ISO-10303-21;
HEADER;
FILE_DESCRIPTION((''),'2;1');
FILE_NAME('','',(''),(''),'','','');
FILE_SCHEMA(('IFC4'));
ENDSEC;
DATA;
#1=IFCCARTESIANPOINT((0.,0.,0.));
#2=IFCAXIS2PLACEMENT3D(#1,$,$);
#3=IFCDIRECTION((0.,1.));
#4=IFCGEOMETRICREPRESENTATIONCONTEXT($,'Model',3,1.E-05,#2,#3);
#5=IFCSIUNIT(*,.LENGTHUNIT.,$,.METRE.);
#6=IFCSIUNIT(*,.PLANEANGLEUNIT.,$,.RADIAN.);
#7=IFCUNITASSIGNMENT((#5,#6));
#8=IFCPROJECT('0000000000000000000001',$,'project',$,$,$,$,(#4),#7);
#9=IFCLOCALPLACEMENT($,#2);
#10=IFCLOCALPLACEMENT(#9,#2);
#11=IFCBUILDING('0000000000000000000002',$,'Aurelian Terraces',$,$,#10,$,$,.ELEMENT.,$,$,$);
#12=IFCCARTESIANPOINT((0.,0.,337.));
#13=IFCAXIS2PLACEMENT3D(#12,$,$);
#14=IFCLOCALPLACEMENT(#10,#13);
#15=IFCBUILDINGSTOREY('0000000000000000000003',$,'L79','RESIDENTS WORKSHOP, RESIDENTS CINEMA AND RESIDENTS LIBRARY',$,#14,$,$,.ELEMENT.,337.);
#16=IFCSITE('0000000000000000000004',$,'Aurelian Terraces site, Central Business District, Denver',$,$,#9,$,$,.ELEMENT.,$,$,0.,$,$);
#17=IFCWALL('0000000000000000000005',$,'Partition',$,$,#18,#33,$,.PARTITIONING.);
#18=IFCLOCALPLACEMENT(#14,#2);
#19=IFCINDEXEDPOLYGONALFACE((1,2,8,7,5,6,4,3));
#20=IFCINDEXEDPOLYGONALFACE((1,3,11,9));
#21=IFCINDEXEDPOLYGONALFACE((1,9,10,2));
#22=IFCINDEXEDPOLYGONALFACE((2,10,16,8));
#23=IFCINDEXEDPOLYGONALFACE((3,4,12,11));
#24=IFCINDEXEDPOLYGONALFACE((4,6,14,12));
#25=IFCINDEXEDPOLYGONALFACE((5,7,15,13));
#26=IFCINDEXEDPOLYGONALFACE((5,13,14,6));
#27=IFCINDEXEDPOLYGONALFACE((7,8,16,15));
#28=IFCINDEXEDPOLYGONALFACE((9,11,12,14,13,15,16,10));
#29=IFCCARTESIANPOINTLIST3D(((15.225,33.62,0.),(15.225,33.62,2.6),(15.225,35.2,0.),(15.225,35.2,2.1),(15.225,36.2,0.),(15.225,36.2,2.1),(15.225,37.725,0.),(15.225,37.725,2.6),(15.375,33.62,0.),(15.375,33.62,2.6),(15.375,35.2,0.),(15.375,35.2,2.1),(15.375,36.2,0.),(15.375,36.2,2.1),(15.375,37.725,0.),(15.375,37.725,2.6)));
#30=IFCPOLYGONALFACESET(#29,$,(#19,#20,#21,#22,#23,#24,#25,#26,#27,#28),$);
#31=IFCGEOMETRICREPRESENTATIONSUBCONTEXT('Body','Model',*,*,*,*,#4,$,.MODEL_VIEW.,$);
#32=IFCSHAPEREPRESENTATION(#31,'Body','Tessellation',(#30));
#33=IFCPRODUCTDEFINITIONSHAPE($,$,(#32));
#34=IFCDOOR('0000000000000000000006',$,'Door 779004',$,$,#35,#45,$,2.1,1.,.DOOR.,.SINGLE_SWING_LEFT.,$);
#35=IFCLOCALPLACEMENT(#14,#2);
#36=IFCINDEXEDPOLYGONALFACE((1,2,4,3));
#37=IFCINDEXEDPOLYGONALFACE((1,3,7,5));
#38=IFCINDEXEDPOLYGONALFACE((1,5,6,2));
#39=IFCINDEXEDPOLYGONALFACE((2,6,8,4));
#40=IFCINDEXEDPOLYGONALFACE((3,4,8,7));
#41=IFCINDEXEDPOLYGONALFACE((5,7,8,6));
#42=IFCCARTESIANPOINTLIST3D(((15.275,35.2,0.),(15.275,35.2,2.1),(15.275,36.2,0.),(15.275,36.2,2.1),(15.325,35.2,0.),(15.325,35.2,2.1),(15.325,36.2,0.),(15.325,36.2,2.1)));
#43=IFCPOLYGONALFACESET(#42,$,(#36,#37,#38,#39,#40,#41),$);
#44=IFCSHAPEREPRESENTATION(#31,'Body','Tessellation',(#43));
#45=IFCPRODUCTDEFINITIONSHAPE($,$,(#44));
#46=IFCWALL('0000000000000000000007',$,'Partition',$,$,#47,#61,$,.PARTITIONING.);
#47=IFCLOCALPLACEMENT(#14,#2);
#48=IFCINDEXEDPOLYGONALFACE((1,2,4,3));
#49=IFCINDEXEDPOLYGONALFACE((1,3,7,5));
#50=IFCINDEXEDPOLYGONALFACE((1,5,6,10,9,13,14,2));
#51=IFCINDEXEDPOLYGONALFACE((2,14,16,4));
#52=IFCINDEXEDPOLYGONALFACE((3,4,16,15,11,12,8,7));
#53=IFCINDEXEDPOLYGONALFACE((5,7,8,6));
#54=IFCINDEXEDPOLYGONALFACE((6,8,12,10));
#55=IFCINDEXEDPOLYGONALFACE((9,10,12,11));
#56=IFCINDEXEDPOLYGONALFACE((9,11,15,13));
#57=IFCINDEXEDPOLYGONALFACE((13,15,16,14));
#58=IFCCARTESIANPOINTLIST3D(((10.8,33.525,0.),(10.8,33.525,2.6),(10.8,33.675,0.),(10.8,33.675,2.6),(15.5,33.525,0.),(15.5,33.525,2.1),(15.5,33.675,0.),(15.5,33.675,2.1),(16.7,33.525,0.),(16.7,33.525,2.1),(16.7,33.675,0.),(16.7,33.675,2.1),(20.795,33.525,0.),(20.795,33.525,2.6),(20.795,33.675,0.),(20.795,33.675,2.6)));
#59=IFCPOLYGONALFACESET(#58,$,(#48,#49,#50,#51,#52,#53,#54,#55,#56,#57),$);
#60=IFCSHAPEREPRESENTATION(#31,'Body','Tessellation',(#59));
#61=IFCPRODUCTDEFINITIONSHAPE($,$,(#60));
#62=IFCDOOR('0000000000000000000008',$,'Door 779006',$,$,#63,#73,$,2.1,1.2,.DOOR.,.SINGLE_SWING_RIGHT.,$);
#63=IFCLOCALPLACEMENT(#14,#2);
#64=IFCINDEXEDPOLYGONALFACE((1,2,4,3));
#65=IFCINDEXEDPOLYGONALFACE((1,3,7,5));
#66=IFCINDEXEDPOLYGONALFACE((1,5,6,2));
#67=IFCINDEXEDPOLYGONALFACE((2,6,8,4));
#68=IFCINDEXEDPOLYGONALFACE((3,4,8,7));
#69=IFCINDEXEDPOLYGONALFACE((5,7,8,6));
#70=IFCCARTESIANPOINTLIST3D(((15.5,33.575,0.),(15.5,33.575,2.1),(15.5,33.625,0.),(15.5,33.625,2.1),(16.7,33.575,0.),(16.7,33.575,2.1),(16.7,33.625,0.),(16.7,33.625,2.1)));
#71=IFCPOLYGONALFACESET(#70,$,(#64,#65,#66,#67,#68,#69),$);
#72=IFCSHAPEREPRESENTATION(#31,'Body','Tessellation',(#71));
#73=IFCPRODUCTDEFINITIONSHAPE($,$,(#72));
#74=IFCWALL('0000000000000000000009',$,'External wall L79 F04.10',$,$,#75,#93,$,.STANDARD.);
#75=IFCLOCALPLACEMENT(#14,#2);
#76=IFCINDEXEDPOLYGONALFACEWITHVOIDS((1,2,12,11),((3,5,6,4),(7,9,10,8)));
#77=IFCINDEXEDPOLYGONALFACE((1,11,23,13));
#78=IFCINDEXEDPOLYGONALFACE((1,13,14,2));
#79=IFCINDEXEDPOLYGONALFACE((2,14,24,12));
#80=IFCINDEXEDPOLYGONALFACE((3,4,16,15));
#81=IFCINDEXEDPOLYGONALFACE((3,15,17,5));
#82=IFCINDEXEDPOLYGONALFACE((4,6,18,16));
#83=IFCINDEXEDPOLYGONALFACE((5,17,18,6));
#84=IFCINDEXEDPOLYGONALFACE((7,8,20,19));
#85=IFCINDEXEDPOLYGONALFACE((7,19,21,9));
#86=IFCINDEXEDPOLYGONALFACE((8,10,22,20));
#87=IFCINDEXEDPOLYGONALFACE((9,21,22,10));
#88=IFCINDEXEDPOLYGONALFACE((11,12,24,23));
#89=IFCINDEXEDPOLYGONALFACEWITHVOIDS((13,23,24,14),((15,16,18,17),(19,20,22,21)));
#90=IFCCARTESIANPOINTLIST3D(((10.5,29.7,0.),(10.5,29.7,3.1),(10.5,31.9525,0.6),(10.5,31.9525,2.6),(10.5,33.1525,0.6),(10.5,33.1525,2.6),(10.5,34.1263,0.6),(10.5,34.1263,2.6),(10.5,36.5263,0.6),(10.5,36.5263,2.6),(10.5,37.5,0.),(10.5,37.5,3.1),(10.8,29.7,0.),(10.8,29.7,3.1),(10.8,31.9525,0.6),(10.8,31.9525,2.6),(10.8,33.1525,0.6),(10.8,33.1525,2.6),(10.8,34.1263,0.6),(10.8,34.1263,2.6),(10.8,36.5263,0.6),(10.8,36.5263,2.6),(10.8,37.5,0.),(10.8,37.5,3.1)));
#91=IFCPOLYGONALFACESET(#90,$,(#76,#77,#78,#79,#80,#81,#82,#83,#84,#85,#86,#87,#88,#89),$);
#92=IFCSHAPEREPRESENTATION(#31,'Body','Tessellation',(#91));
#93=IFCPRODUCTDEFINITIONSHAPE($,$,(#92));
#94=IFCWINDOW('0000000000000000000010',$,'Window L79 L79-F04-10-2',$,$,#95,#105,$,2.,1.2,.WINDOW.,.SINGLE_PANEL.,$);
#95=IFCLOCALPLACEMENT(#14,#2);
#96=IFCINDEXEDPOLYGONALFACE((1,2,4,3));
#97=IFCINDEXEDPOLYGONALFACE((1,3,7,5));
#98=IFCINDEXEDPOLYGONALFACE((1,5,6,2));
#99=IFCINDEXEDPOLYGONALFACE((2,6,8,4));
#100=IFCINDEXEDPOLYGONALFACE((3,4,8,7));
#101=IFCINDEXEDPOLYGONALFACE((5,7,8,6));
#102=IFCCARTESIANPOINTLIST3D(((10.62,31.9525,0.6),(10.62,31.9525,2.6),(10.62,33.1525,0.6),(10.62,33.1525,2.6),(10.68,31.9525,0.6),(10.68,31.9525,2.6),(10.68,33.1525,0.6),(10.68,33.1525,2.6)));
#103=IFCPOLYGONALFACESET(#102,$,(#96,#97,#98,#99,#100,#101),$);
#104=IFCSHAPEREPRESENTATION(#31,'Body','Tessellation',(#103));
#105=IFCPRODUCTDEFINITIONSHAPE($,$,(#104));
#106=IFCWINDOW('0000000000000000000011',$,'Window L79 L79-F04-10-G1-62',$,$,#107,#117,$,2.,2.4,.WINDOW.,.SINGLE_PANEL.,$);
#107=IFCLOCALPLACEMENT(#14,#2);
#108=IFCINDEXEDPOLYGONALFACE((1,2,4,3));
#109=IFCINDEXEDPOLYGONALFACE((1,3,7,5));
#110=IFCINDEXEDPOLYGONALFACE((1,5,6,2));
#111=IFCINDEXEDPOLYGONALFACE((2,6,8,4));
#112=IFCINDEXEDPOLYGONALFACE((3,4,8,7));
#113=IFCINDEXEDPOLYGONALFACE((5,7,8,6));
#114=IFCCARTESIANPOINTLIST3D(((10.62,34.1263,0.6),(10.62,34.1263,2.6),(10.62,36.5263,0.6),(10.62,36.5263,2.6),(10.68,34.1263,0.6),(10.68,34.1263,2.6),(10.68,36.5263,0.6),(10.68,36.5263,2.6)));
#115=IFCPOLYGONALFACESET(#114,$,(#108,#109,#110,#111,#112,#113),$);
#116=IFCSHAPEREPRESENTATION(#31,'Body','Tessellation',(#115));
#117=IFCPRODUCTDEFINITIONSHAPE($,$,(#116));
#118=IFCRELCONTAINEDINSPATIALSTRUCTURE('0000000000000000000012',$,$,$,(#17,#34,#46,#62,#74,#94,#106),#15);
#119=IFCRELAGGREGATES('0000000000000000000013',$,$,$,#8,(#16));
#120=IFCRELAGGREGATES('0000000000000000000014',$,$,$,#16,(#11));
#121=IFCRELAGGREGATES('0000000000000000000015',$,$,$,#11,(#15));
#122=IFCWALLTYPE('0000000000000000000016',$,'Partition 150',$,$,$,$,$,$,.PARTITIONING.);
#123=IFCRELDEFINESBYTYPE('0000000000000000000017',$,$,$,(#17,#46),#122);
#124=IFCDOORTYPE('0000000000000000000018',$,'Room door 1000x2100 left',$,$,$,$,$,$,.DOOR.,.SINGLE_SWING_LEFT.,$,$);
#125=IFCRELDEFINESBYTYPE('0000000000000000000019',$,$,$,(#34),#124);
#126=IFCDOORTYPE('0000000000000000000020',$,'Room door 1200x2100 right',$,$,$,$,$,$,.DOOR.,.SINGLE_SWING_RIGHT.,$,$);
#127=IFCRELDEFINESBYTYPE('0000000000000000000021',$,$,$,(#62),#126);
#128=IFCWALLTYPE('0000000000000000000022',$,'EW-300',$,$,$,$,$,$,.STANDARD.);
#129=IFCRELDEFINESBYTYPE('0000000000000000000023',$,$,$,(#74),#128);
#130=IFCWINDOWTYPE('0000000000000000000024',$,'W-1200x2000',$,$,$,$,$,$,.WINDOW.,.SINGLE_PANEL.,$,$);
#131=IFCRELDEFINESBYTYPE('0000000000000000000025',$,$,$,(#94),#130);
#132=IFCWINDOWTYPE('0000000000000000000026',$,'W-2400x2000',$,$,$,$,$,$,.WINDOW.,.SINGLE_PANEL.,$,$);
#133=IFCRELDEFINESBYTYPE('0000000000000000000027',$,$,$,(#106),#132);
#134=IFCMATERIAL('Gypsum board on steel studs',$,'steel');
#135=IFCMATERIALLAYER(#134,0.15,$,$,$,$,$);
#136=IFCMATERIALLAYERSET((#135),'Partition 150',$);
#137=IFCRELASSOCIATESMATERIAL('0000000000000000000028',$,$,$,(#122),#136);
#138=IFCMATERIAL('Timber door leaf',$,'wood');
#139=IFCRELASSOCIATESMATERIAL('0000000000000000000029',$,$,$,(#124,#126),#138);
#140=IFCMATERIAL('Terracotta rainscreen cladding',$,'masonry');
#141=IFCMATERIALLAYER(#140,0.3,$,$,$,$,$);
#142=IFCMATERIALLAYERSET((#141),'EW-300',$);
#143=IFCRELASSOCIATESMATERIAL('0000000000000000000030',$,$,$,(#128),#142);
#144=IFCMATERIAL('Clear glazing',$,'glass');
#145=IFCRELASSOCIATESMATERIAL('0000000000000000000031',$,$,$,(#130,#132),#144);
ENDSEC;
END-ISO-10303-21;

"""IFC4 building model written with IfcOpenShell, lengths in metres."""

from ifc_helpers import new_model, si_unit, direction, frame, frame_2d, origin, place, context, subcontext, project, spatial, rectangle, extrude, source, transform, mapped, material, layer, layer_set, type_object, element, fill, save


model = new_model("IFC4")

# Units and contexts
model_context = context("Model", 3, precision=1e-05, world=origin(), true_north=direction((0.0, 1.0)))
body_context = subcontext(model_context, "Body", "Model", "MODEL_VIEW")
ifc_project = project(units=[si_unit("LENGTHUNIT", "METRE"), si_unit("PLANEANGLEUNIT", "RADIAN")], contexts=[model_context])

# Site, building, storey
site_placement = place(None, origin())
site = spatial("IfcSite", under=ifc_project, at=site_placement, Name="Aurelian Terraces site, Central Business District, Denver", CompositionType="ELEMENT", RefElevation=0.0)
building_placement = place(site_placement, origin())
building = spatial("IfcBuilding", under=site, at=building_placement, Name="Aurelian Terraces", CompositionType="ELEMENT")
storey_placement = place(building_placement, frame((0.0, 0.0, 337.0)))
storey = spatial("IfcBuildingStorey", under=building, at=storey_placement, Name="L79", Description="RESIDENTS WORKSHOP, RESIDENTS CINEMA AND RESIDENTS LIBRARY", CompositionType="ELEMENT", Elevation=337.0)

# Walls, openings, doors
ifc_material_1 = material(Name="Gypsum board on steel studs", Category="steel")
ifc_layer_1 = layer(ifc_material_1, 0.15)
ifc_layer_set_1 = layer_set([ifc_layer_1], Name="Partition 150")
wall_type_1 = type_object("IfcWallType", Name="Partition 150", PredefinedType="PARTITIONING", material=ifc_layer_set_1)
shared_shape_1 = source(origin(), body_context, "Body", "SweptSolid", [
    extrude(rectangle(XDim=1.0, YDim=2.1, at=frame_2d((0.5, 1.05))), frame((0.0, 0.085, 0.0), z_axis=(0.0, -1.0, 0.0), x_axis=(1.0, 0.0, 0.0)), (0.0, 0.0, 1.0), 0.17),
])
ifc_material_2 = material(Name="Timber door leaf", Category="wood")
shared_shape_2 = source(origin(), body_context, "Body", "SweptSolid", [
    extrude(rectangle(XDim=1.0, YDim=2.1, at=frame_2d((0.5, 1.05))), frame((0.0, 0.025, 0.0), z_axis=(0.0, -1.0, 0.0), x_axis=(1.0, 0.0, 0.0)), (0.0, 0.0, 1.0), 0.05),
])
wall_1_placement = place(storey_placement, frame((15.3, 37.725, 0.0), z_axis=(0.0, 0.0, 1.0), x_axis=(0.0, -1.0, 0.0)))
wall_1 = element("IfcWall", 1, at=wall_1_placement, inside=storey, type_object=wall_type_1, Name="Partition", PredefinedType="PARTITIONING", context=body_context, shape_type="SweptSolid", body=[
    extrude(rectangle(XDim=4.105, YDim=0.15, at=frame_2d((2.0525, 0.0))), origin(), (0.0, 0.0, 1.0), 2.6),
])
opening_1_placement = place(wall_1_placement, frame((1.525, 0.0, 0.0)))
opening_1 = element("IfcOpeningElement", 2, at=opening_1_placement, cuts=wall_1, PredefinedType="OPENING", context=body_context, shape_type="MappedRepresentation", body=[
    mapped(shared_shape_1, transform((0.0, 0.0, 0.0), scale=1.0)),
])
door_type_1 = type_object("IfcDoorType", Name="Room door 1000x2100 left", OperationType="SINGLE_SWING_LEFT", PredefinedType="DOOR", material=ifc_material_2)
door_1_placement = place(opening_1_placement, origin())
door_1 = element("IfcDoor", 3, at=door_1_placement, inside=storey, type_object=door_type_1, Name="Door 779004", OperationType="SINGLE_SWING_LEFT", OverallHeight=2.1, OverallWidth=1.0, PredefinedType="DOOR", context=body_context, shape_type="MappedRepresentation", body=[
    mapped(shared_shape_2, transform((0.0, 0.0, 0.0), scale=1.0)),
])
fill(opening_1, door_1)
wall_2_placement = place(storey_placement, frame((10.8, 33.6, 0.0), z_axis=(0.0, 0.0, 1.0), x_axis=(1.0, 0.0, 0.0)))
wall_2 = element("IfcWall", 4, at=wall_2_placement, inside=storey, type_object=wall_type_1, Name="Partition", PredefinedType="PARTITIONING", context=body_context, shape_type="SweptSolid", body=[
    extrude(rectangle(XDim=9.995, YDim=0.15, at=frame_2d((4.9975, 0.0))), origin(), (0.0, 0.0, 1.0), 2.6),
])
shared_shape_3 = source(origin(), body_context, "Body", "SweptSolid", [
    extrude(rectangle(XDim=1.2, YDim=2.1, at=frame_2d((0.6, 1.05))), frame((0.0, 0.085, 0.0), z_axis=(0.0, -1.0, 0.0), x_axis=(1.0, 0.0, 0.0)), (0.0, 0.0, 1.0), 0.17),
])
opening_2_placement = place(wall_2_placement, frame((4.7, 0.0, 0.0)))
opening_2 = element("IfcOpeningElement", 5, at=opening_2_placement, cuts=wall_2, PredefinedType="OPENING", context=body_context, shape_type="MappedRepresentation", body=[
    mapped(shared_shape_3, transform((0.0, 0.0, 0.0), scale=1.0)),
])
door_type_2 = type_object("IfcDoorType", Name="Room door 1200x2100 right", OperationType="SINGLE_SWING_RIGHT", PredefinedType="DOOR", material=ifc_material_2)
shared_shape_4 = source(origin(), body_context, "Body", "SweptSolid", [
    extrude(rectangle(XDim=1.2, YDim=2.1, at=frame_2d((0.6, 1.05))), frame((0.0, 0.025, 0.0), z_axis=(0.0, -1.0, 0.0), x_axis=(1.0, 0.0, 0.0)), (0.0, 0.0, 1.0), 0.05),
])
door_2_placement = place(opening_2_placement, origin())
door_2 = element("IfcDoor", 6, at=door_2_placement, inside=storey, type_object=door_type_2, Name="Door 779006", OperationType="SINGLE_SWING_RIGHT", OverallHeight=2.1, OverallWidth=1.2, PredefinedType="DOOR", context=body_context, shape_type="MappedRepresentation", body=[
    mapped(shared_shape_4, transform((0.0, 0.0, 0.0), scale=1.0)),
])
fill(opening_2, door_2)

# Wall, openings, windows
ifc_material_3 = material(Name="Terracotta rainscreen cladding", Category="masonry")
ifc_layer_2 = layer(ifc_material_3, 0.3)
ifc_layer_set_2 = layer_set([ifc_layer_2], Name="EW-300")
wall_type_2 = type_object("IfcWallType", Name="EW-300", PredefinedType="STANDARD", material=ifc_layer_set_2)
shared_shape_5 = source(origin(), body_context, "Body", "SweptSolid", [
    extrude(rectangle(XDim=7.8, YDim=0.3, at=frame_2d((3.9, 0.0))), origin(), (0.0, 0.0, 1.0), 3.1),
])
wall_3_placement = place(storey_placement, frame((10.65, 37.5, 0.0), z_axis=(0.0, 0.0, 1.0), x_axis=(0.0, -1.0, 0.0)))
wall_3 = element("IfcWall", 7, at=wall_3_placement, inside=storey, type_object=wall_type_2, Name="External wall L79 F04.10", PredefinedType="STANDARD", context=body_context, shape_type="MappedRepresentation", body=[
    mapped(shared_shape_5, transform((0.0, 0.0, 0.0), scale=1.0)),
])
shared_shape_6 = source(origin(), body_context, "Body", "SweptSolid", [
    extrude(rectangle(XDim=1.2, YDim=2.0, at=frame_2d((0.6, 1.0))), frame((0.0, 0.16, 0.0), z_axis=(0.0, -1.0, 0.0), x_axis=(1.0, 0.0, 0.0)), (0.0, 0.0, 1.0), 0.32),
])
opening_3_placement = place(wall_3_placement, frame((4.3475, 0.0, 0.6)))
opening_3 = element("IfcOpeningElement", 8, at=opening_3_placement, cuts=wall_3, PredefinedType="OPENING", context=body_context, shape_type="MappedRepresentation", body=[
    mapped(shared_shape_6, transform((0.0, 0.0, 0.0), scale=1.0)),
])
shared_shape_7 = source(origin(), body_context, "Body", "SweptSolid", [
    extrude(rectangle(XDim=2.4, YDim=2.0, at=frame_2d((1.2, 1.0))), frame((0.0, 0.16, 0.0), z_axis=(0.0, -1.0, 0.0), x_axis=(1.0, 0.0, 0.0)), (0.0, 0.0, 1.0), 0.32),
])
opening_4_placement = place(wall_3_placement, frame((0.9737, 0.0, 0.6)))
opening_4 = element("IfcOpeningElement", 9, at=opening_4_placement, cuts=wall_3, PredefinedType="OPENING", context=body_context, shape_type="MappedRepresentation", body=[
    mapped(shared_shape_7, transform((0.0, 0.0, 0.0), scale=1.0)),
])
ifc_material_4 = material(Name="Clear glazing", Category="glass")
window_type_1 = type_object("IfcWindowType", Name="W-1200x2000", PartitioningType="SINGLE_PANEL", PredefinedType="WINDOW", material=ifc_material_4)
shared_shape_8 = source(origin(), body_context, "Body", "SweptSolid", [
    extrude(rectangle(XDim=1.2, YDim=2.0, at=frame_2d((0.6, 1.0))), frame((0.0, 0.03, 0.0), z_axis=(0.0, -1.0, 0.0), x_axis=(1.0, 0.0, 0.0)), (0.0, 0.0, 1.0), 0.06),
])
window_1_placement = place(opening_3_placement, origin())
window_1 = element("IfcWindow", 10, at=window_1_placement, inside=storey, type_object=window_type_1, Name="Window L79 L79-F04-10-2", OverallHeight=2.0, OverallWidth=1.2, PartitioningType="SINGLE_PANEL", PredefinedType="WINDOW", context=body_context, shape_type="MappedRepresentation", body=[
    mapped(shared_shape_8, transform((0.0, 0.0, 0.0), scale=1.0)),
])
fill(opening_3, window_1)
window_type_2 = type_object("IfcWindowType", Name="W-2400x2000", PartitioningType="SINGLE_PANEL", PredefinedType="WINDOW", material=ifc_material_4)
shared_shape_9 = source(origin(), body_context, "Body", "SweptSolid", [
    extrude(rectangle(XDim=2.4, YDim=2.0, at=frame_2d((1.2, 1.0))), frame((0.0, 0.03, 0.0), z_axis=(0.0, -1.0, 0.0), x_axis=(1.0, 0.0, 0.0)), (0.0, 0.0, 1.0), 0.06),
])
window_2_placement = place(opening_4_placement, origin())
window_2 = element("IfcWindow", 11, at=window_2_placement, inside=storey, type_object=window_type_2, Name="Window L79 L79-F04-10-G1-62", OverallHeight=2.0, OverallWidth=2.4, PartitioningType="SINGLE_PANEL", PredefinedType="WINDOW", context=body_context, shape_type="MappedRepresentation", body=[
    mapped(shared_shape_9, transform((0.0, 0.0, 0.0), scale=1.0)),
])
fill(opening_4, window_2)

save(model, "model.ifc")
